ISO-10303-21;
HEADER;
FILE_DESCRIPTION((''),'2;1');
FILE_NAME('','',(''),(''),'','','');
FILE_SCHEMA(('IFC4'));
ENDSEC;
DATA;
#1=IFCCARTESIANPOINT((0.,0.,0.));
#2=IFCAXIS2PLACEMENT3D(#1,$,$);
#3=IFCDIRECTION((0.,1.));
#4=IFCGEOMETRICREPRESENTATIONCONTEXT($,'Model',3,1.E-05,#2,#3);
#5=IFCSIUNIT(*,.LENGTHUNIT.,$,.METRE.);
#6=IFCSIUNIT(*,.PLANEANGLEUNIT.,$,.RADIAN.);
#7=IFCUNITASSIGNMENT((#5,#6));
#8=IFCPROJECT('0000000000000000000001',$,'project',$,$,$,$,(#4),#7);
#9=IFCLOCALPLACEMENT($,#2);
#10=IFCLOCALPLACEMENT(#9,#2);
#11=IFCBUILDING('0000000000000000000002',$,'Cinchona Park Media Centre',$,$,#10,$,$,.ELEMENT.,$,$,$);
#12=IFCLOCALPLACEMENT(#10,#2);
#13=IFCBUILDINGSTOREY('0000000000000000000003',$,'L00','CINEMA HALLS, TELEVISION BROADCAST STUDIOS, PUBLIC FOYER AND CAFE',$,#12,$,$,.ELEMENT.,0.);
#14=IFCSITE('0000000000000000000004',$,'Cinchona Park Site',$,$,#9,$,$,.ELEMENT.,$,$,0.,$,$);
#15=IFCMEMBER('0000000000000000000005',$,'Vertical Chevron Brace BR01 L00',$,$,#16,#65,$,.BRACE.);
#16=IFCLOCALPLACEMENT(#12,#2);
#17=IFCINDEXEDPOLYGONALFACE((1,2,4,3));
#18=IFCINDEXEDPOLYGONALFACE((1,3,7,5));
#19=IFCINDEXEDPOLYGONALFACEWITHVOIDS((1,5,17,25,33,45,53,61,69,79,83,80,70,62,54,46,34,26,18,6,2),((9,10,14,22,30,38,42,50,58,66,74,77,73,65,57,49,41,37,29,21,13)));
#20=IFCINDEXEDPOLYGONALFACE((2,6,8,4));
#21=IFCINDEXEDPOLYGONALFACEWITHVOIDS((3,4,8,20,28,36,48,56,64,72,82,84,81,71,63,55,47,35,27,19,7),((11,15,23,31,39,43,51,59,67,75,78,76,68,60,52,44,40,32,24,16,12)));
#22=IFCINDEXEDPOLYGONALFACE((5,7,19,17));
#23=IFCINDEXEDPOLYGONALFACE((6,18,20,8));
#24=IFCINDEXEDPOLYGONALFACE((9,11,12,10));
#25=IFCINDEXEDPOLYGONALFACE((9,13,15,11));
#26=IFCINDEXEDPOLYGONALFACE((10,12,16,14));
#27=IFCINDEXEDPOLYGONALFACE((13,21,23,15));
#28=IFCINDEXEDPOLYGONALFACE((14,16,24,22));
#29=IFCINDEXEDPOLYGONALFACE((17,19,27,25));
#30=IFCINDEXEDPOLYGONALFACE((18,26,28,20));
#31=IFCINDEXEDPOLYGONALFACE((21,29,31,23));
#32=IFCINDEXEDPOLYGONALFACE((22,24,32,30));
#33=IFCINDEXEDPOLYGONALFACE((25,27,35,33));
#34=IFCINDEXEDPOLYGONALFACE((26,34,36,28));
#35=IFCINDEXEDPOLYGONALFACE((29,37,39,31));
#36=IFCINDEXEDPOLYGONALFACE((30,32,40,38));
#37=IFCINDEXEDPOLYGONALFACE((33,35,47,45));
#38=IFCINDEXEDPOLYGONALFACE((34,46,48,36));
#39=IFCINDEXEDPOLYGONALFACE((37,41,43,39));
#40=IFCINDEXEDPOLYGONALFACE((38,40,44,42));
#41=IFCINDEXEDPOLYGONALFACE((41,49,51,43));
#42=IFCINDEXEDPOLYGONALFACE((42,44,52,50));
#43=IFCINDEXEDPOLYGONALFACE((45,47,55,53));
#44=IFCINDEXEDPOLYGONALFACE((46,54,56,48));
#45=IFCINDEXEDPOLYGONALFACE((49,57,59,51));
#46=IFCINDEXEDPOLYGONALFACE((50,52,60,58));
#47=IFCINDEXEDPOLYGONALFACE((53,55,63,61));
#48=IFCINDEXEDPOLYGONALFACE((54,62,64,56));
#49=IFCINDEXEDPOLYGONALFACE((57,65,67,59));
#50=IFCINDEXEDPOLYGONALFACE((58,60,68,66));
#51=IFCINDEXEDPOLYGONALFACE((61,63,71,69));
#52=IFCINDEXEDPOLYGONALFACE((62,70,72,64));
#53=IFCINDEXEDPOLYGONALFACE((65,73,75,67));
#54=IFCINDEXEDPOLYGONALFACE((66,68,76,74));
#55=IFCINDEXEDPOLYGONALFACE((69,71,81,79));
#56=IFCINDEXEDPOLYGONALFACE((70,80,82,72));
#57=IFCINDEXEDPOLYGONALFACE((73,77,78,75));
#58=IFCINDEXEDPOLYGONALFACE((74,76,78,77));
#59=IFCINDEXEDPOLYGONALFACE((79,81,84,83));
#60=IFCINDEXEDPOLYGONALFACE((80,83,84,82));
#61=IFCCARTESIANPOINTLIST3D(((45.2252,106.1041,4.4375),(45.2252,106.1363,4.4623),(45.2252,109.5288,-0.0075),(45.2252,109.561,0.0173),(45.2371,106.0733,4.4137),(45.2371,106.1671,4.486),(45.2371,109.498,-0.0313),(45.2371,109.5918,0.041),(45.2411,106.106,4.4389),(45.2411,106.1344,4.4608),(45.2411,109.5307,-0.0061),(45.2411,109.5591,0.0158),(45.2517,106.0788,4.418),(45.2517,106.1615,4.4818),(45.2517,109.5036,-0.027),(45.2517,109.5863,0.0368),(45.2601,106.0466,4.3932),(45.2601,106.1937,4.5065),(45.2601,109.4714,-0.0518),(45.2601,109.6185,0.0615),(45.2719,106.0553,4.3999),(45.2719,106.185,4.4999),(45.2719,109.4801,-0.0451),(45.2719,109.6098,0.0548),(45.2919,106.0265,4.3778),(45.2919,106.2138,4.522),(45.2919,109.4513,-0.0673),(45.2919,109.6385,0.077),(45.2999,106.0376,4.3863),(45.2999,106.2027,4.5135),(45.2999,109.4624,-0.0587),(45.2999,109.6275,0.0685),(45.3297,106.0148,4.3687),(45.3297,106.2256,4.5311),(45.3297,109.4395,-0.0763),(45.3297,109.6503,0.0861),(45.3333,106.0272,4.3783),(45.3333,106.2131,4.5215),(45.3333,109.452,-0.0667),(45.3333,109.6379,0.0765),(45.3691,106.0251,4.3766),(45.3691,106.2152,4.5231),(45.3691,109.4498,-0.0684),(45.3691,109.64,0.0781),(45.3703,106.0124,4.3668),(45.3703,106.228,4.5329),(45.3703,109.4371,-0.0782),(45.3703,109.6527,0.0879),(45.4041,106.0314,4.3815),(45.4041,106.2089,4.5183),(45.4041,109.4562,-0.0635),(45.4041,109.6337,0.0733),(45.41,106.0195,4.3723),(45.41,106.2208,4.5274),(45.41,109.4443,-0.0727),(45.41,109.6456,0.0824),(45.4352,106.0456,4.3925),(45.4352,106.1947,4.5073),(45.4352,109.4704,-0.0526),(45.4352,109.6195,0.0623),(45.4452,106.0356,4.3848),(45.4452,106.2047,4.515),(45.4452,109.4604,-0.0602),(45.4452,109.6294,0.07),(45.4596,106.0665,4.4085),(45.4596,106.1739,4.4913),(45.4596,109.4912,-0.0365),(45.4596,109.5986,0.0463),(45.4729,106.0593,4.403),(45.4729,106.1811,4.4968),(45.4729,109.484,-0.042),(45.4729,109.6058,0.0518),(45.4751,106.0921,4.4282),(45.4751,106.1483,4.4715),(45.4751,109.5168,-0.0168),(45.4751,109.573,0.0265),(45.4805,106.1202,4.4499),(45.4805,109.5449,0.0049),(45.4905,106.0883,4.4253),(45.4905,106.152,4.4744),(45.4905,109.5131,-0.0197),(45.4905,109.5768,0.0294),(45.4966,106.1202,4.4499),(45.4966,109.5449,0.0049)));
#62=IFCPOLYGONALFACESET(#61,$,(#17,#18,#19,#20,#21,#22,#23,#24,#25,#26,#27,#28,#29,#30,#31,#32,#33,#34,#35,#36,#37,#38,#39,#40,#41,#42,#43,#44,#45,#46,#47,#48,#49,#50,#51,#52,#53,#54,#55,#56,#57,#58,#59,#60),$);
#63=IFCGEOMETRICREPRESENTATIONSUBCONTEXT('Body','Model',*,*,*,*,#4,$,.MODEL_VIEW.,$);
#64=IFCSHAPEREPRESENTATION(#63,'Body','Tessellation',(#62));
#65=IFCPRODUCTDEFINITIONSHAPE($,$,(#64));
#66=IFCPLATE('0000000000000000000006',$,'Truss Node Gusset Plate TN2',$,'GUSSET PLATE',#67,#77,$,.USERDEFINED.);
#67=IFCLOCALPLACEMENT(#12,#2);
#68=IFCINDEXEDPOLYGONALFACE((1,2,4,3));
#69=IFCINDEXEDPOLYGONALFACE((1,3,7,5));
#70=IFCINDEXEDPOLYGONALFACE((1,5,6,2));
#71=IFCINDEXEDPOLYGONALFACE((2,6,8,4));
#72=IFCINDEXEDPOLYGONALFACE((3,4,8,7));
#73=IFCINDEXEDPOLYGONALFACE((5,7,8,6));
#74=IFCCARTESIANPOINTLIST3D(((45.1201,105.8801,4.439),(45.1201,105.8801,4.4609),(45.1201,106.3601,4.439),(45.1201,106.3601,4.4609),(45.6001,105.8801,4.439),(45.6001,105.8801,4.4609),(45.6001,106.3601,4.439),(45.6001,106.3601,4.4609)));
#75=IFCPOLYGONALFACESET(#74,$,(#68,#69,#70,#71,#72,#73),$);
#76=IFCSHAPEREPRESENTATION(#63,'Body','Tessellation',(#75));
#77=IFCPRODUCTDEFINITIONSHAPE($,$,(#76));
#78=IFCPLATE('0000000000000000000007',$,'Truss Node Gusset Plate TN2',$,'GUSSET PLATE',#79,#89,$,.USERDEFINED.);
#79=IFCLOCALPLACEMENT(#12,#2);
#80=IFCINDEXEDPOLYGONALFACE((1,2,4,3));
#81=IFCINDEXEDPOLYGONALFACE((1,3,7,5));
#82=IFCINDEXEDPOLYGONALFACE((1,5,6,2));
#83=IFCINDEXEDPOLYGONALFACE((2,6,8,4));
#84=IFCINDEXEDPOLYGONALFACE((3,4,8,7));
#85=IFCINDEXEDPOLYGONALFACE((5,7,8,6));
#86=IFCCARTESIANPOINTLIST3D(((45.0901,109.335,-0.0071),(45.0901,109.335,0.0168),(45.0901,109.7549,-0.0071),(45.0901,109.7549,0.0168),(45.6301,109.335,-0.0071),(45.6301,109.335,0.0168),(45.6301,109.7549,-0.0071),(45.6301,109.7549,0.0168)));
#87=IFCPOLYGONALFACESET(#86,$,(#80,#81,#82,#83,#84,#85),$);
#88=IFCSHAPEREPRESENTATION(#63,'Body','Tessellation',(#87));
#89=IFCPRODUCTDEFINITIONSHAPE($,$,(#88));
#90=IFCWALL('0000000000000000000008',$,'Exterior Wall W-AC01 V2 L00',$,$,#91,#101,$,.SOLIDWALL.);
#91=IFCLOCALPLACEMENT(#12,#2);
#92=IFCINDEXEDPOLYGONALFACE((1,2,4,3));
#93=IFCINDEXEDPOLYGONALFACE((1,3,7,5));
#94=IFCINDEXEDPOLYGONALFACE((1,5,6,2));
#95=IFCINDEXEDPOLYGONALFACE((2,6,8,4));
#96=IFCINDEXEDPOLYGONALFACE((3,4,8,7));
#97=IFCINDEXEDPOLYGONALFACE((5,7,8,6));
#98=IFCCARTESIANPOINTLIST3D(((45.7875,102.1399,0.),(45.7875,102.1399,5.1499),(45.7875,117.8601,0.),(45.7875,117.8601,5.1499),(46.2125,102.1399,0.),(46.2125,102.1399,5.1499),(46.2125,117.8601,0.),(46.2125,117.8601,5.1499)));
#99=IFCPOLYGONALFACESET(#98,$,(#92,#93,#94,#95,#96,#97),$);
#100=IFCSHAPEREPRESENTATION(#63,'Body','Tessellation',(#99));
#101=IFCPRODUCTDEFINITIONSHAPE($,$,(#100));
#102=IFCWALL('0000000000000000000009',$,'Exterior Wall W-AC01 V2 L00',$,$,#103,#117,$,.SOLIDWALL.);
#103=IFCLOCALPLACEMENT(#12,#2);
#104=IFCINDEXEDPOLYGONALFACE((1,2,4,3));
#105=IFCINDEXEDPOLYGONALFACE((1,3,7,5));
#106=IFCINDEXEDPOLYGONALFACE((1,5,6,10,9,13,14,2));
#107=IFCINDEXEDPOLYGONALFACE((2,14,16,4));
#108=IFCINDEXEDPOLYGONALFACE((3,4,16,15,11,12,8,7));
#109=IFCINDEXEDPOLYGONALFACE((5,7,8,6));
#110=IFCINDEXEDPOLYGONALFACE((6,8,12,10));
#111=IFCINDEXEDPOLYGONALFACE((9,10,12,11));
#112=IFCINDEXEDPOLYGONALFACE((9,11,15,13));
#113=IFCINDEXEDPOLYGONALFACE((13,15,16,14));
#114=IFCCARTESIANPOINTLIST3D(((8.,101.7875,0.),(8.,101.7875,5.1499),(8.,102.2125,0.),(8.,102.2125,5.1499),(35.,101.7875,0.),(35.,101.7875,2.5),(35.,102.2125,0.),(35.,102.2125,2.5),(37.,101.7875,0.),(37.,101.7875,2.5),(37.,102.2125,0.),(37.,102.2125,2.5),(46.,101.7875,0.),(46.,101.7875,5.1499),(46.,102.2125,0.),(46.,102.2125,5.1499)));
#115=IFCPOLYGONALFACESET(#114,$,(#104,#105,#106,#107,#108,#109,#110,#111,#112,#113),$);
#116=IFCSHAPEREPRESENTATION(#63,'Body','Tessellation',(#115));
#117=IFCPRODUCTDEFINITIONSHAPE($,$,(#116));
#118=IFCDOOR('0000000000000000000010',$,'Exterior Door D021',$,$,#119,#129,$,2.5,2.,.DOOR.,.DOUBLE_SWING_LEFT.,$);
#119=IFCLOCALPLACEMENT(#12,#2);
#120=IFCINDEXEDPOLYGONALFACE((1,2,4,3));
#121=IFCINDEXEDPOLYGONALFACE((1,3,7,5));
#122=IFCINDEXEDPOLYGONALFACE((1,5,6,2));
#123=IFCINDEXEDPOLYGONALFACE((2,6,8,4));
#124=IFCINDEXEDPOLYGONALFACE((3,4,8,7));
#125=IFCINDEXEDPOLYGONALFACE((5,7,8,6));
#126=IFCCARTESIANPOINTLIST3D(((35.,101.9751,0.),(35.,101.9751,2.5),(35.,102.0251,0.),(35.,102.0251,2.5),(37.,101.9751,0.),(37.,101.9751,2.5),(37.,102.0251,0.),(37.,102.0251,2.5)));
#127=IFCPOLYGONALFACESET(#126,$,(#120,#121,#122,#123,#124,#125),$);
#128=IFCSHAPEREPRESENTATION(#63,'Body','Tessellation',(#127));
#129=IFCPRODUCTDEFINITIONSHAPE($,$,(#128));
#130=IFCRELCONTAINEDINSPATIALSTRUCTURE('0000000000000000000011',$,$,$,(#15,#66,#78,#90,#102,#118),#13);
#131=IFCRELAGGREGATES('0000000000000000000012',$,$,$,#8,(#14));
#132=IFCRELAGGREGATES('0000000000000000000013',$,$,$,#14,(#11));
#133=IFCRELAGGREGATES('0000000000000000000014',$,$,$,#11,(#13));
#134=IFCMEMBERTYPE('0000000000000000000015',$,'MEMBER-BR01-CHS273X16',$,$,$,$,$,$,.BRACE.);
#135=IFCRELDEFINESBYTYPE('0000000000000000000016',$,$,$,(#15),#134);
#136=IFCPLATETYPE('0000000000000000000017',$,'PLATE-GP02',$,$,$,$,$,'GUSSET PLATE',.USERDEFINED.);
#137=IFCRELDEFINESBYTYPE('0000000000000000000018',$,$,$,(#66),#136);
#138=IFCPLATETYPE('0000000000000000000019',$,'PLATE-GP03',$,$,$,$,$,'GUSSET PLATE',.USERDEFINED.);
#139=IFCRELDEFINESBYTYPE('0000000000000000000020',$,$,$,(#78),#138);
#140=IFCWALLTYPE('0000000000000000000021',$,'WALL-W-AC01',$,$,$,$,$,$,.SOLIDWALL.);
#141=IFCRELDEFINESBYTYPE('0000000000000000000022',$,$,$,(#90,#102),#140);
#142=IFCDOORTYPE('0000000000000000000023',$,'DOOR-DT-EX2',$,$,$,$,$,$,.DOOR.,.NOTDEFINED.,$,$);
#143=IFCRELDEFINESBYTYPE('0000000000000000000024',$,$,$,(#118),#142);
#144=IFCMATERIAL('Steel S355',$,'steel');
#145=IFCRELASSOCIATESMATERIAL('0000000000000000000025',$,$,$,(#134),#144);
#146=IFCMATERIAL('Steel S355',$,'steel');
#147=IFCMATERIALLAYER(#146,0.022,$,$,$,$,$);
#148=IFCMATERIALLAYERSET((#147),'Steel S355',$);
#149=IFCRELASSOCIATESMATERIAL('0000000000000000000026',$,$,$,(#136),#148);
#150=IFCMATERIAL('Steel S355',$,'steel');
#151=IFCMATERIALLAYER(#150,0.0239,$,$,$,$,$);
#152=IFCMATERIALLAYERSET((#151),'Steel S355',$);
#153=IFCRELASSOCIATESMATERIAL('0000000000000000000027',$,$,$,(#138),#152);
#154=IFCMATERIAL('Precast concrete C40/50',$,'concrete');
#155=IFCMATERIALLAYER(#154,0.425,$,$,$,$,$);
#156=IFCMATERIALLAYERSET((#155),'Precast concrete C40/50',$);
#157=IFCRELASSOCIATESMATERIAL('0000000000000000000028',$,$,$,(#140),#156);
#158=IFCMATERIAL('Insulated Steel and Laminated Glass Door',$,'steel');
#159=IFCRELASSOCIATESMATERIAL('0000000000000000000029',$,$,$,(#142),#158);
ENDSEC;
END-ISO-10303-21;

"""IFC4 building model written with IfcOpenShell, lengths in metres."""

from ifc_helpers import new_model, si_unit, direction, frame, frame_2d, origin, origin_2d, place, context, subcontext, project, spatial, rectangle, hollow_circle, extrude, material, layer, layer_set, material_profile, profile_set, type_object, element, fill, save


model = new_model("IFC4")

# Units and contexts
model_context = context("Model", 3, precision=1e-05, world=origin(), true_north=direction((0.0, 1.0)))
body_context = subcontext(model_context, "Body", "Model", "MODEL_VIEW")
ifc_project = project(units=[si_unit("LENGTHUNIT", "METRE"), si_unit("PLANEANGLEUNIT", "RADIAN")], contexts=[model_context])

# Site, building, storey
site_placement = place(None, origin())
site = spatial("IfcSite", under=ifc_project, at=site_placement, Name="Cinchona Park Site", CompositionType="ELEMENT", RefElevation=0.0)
building_placement = place(site_placement, origin())
building = spatial("IfcBuilding", under=site, at=building_placement, Name="Cinchona Park Media Centre", CompositionType="ELEMENT")
storey_placement = place(building_placement, origin())
storey = spatial("IfcBuildingStorey", under=building, at=storey_placement, Name="L00", Description="CINEMA HALLS, TELEVISION BROADCAST STUDIOS, PUBLIC FOYER AND CAFE", CompositionType="ELEMENT", Elevation=0.0)

# Member
ifc_material_1 = material(Name="Steel S355", Category="steel")
ifc_material_profile_1 = material_profile(ifc_material_1, hollow_circle(Radius=0.1365, WallThickness=0.0161, at=origin_2d()), Name="273X16CHS")
ifc_profile_set_1 = profile_set([ifc_material_profile_1], Name="Steel S355")
member_type = type_object("IfcMemberType", Name="MEMBER-BR01-CHS273X16", PredefinedType="BRACE", material=ifc_profile_set_1)
member_placement = place(storey_placement, frame((45.3601, 109.5449, 0.0049), z_axis=(0.0, -0.610329, 0.792148), x_axis=(1.0, 0.0, 0.0)))
element("IfcMember", 1, at=member_placement, inside=storey, type_object=member_type, Name="Vertical Chevron Brace BR01 L00", PredefinedType="BRACE", context=body_context, shape_type="SweptSolid", body=[
    extrude(hollow_circle(Radius=0.1365, WallThickness=0.0161, at=origin_2d()), origin(), (0.0, 0.0, 1.0), 5.6113),
])

# Plates
ifc_material_2 = material(Name="Steel S355", Category="steel")
ifc_layer_1 = layer(ifc_material_2, 0.022)
ifc_layer_set_1 = layer_set([ifc_layer_1], Name="Steel S355")
plate_type_1 = type_object("IfcPlateType", Name="PLATE-GP02", ElementType="GUSSET PLATE", PredefinedType="USERDEFINED", material=ifc_layer_set_1)
plate_1_placement = place(storey_placement, frame((45.3601, 106.1201, 4.439), z_axis=(0.0, 0.0, 1.0), x_axis=(1.0, 0.0, 0.0)))
element("IfcPlate", 2, at=plate_1_placement, inside=storey, type_object=plate_type_1, Name="Truss Node Gusset Plate TN2", ObjectType="GUSSET PLATE", PredefinedType="USERDEFINED", context=body_context, shape_type="SweptSolid", body=[
    extrude(rectangle(XDim=0.48, YDim=0.48, at=origin_2d()), origin(), (0.0, 0.0, 1.0), 0.022),
])
ifc_material_3 = material(Name="Steel S355", Category="steel")
ifc_layer_2 = layer(ifc_material_3, 0.0239)
ifc_layer_set_2 = layer_set([ifc_layer_2], Name="Steel S355")
plate_type_2 = type_object("IfcPlateType", Name="PLATE-GP03", ElementType="GUSSET PLATE", PredefinedType="USERDEFINED", material=ifc_layer_set_2)
plate_2_placement = place(storey_placement, frame((45.3601, 109.5449, -0.0071), z_axis=(0.0, 0.0, 1.0), x_axis=(1.0, 0.0, 0.0)))
element("IfcPlate", 3, at=plate_2_placement, inside=storey, type_object=plate_type_2, Name="Truss Node Gusset Plate TN2", ObjectType="GUSSET PLATE", PredefinedType="USERDEFINED", context=body_context, shape_type="SweptSolid", body=[
    extrude(rectangle(XDim=0.54, YDim=0.4199, at=origin_2d()), origin(), (0.0, 0.0, 1.0), 0.0239),
])

# Wall
ifc_material_4 = material(Name="Precast concrete C40/50", Category="concrete")
ifc_layer_3 = layer(ifc_material_4, 0.425)
ifc_layer_set_3 = layer_set([ifc_layer_3], Name="Precast concrete C40/50")
wall_type_1 = type_object("IfcWallType", Name="WALL-W-AC01", PredefinedType="SOLIDWALL", material=ifc_layer_set_3)
wall_1_placement = place(storey_placement, frame((46.0, 117.8601, 0.0), z_axis=(0.0, 0.0, 1.0), x_axis=(0.0, -1.0, 0.0)))
element("IfcWall", 4, at=wall_1_placement, inside=storey, type_object=wall_type_1, Name="Exterior Wall W-AC01 V2 L00", PredefinedType="SOLIDWALL", context=body_context, shape_type="SweptSolid", body=[
    extrude(rectangle(XDim=15.7202, YDim=0.425, at=frame_2d((7.8601, 0.0))), origin(), (0.0, 0.0, 1.0), 5.1499),
])

# Wall, opening, door
wall_2_placement = place(storey_placement, frame((46.0, 102.0, 0.0), z_axis=(0.0, 0.0, 1.0), x_axis=(-1.0, 0.0, 0.0)))
wall_2 = element("IfcWall", 5, at=wall_2_placement, inside=storey, type_object=wall_type_1, Name="Exterior Wall W-AC01 V2 L00", PredefinedType="SOLIDWALL", context=body_context, shape_type="SweptSolid", body=[
    extrude(rectangle(XDim=38.0, YDim=0.425, at=frame_2d((19.0, 0.0))), origin(), (0.0, 0.0, 1.0), 5.1499),
])
opening_1_placement = place(wall_2_placement, frame((9.0, 0.0, 0.0)))
opening_1 = element("IfcOpeningElement", 6, at=opening_1_placement, cuts=wall_2, PredefinedType="OPENING", context=body_context, shape_type="SweptSolid", body=[
    extrude(rectangle(XDim=2.0, YDim=2.5, at=frame_2d((1.0, 1.25))), frame((0.0, 0.2224, 0.0), z_axis=(0.0, -1.0, 0.0), x_axis=(1.0, 0.0, 0.0)), (0.0, 0.0, 1.0), 0.4451),
])
ifc_material_5 = material(Name="Insulated Steel and Laminated Glass Door", Category="steel")
door_type_1 = type_object("IfcDoorType", Name="DOOR-DT-EX2", OperationType="NOTDEFINED", PredefinedType="DOOR", material=ifc_material_5)
door_1_placement = place(opening_1_placement, origin())
door_1 = element("IfcDoor", 7, at=door_1_placement, inside=storey, type_object=door_type_1, Name="Exterior Door D021", OperationType="DOUBLE_SWING_LEFT", OverallHeight=2.5, OverallWidth=2.0, PredefinedType="DOOR", context=body_context, shape_type="SweptSolid", body=[
    extrude(rectangle(XDim=2.0, YDim=2.5, at=frame_2d((1.0, 1.25))), frame((0.0, 0.0249, 0.0), z_axis=(0.0, -1.0, 0.0), x_axis=(1.0, 0.0, 0.0)), (0.0, 0.0, 1.0), 0.05),
])
fill(opening_1, door_1)

save(model, "model.ifc")
